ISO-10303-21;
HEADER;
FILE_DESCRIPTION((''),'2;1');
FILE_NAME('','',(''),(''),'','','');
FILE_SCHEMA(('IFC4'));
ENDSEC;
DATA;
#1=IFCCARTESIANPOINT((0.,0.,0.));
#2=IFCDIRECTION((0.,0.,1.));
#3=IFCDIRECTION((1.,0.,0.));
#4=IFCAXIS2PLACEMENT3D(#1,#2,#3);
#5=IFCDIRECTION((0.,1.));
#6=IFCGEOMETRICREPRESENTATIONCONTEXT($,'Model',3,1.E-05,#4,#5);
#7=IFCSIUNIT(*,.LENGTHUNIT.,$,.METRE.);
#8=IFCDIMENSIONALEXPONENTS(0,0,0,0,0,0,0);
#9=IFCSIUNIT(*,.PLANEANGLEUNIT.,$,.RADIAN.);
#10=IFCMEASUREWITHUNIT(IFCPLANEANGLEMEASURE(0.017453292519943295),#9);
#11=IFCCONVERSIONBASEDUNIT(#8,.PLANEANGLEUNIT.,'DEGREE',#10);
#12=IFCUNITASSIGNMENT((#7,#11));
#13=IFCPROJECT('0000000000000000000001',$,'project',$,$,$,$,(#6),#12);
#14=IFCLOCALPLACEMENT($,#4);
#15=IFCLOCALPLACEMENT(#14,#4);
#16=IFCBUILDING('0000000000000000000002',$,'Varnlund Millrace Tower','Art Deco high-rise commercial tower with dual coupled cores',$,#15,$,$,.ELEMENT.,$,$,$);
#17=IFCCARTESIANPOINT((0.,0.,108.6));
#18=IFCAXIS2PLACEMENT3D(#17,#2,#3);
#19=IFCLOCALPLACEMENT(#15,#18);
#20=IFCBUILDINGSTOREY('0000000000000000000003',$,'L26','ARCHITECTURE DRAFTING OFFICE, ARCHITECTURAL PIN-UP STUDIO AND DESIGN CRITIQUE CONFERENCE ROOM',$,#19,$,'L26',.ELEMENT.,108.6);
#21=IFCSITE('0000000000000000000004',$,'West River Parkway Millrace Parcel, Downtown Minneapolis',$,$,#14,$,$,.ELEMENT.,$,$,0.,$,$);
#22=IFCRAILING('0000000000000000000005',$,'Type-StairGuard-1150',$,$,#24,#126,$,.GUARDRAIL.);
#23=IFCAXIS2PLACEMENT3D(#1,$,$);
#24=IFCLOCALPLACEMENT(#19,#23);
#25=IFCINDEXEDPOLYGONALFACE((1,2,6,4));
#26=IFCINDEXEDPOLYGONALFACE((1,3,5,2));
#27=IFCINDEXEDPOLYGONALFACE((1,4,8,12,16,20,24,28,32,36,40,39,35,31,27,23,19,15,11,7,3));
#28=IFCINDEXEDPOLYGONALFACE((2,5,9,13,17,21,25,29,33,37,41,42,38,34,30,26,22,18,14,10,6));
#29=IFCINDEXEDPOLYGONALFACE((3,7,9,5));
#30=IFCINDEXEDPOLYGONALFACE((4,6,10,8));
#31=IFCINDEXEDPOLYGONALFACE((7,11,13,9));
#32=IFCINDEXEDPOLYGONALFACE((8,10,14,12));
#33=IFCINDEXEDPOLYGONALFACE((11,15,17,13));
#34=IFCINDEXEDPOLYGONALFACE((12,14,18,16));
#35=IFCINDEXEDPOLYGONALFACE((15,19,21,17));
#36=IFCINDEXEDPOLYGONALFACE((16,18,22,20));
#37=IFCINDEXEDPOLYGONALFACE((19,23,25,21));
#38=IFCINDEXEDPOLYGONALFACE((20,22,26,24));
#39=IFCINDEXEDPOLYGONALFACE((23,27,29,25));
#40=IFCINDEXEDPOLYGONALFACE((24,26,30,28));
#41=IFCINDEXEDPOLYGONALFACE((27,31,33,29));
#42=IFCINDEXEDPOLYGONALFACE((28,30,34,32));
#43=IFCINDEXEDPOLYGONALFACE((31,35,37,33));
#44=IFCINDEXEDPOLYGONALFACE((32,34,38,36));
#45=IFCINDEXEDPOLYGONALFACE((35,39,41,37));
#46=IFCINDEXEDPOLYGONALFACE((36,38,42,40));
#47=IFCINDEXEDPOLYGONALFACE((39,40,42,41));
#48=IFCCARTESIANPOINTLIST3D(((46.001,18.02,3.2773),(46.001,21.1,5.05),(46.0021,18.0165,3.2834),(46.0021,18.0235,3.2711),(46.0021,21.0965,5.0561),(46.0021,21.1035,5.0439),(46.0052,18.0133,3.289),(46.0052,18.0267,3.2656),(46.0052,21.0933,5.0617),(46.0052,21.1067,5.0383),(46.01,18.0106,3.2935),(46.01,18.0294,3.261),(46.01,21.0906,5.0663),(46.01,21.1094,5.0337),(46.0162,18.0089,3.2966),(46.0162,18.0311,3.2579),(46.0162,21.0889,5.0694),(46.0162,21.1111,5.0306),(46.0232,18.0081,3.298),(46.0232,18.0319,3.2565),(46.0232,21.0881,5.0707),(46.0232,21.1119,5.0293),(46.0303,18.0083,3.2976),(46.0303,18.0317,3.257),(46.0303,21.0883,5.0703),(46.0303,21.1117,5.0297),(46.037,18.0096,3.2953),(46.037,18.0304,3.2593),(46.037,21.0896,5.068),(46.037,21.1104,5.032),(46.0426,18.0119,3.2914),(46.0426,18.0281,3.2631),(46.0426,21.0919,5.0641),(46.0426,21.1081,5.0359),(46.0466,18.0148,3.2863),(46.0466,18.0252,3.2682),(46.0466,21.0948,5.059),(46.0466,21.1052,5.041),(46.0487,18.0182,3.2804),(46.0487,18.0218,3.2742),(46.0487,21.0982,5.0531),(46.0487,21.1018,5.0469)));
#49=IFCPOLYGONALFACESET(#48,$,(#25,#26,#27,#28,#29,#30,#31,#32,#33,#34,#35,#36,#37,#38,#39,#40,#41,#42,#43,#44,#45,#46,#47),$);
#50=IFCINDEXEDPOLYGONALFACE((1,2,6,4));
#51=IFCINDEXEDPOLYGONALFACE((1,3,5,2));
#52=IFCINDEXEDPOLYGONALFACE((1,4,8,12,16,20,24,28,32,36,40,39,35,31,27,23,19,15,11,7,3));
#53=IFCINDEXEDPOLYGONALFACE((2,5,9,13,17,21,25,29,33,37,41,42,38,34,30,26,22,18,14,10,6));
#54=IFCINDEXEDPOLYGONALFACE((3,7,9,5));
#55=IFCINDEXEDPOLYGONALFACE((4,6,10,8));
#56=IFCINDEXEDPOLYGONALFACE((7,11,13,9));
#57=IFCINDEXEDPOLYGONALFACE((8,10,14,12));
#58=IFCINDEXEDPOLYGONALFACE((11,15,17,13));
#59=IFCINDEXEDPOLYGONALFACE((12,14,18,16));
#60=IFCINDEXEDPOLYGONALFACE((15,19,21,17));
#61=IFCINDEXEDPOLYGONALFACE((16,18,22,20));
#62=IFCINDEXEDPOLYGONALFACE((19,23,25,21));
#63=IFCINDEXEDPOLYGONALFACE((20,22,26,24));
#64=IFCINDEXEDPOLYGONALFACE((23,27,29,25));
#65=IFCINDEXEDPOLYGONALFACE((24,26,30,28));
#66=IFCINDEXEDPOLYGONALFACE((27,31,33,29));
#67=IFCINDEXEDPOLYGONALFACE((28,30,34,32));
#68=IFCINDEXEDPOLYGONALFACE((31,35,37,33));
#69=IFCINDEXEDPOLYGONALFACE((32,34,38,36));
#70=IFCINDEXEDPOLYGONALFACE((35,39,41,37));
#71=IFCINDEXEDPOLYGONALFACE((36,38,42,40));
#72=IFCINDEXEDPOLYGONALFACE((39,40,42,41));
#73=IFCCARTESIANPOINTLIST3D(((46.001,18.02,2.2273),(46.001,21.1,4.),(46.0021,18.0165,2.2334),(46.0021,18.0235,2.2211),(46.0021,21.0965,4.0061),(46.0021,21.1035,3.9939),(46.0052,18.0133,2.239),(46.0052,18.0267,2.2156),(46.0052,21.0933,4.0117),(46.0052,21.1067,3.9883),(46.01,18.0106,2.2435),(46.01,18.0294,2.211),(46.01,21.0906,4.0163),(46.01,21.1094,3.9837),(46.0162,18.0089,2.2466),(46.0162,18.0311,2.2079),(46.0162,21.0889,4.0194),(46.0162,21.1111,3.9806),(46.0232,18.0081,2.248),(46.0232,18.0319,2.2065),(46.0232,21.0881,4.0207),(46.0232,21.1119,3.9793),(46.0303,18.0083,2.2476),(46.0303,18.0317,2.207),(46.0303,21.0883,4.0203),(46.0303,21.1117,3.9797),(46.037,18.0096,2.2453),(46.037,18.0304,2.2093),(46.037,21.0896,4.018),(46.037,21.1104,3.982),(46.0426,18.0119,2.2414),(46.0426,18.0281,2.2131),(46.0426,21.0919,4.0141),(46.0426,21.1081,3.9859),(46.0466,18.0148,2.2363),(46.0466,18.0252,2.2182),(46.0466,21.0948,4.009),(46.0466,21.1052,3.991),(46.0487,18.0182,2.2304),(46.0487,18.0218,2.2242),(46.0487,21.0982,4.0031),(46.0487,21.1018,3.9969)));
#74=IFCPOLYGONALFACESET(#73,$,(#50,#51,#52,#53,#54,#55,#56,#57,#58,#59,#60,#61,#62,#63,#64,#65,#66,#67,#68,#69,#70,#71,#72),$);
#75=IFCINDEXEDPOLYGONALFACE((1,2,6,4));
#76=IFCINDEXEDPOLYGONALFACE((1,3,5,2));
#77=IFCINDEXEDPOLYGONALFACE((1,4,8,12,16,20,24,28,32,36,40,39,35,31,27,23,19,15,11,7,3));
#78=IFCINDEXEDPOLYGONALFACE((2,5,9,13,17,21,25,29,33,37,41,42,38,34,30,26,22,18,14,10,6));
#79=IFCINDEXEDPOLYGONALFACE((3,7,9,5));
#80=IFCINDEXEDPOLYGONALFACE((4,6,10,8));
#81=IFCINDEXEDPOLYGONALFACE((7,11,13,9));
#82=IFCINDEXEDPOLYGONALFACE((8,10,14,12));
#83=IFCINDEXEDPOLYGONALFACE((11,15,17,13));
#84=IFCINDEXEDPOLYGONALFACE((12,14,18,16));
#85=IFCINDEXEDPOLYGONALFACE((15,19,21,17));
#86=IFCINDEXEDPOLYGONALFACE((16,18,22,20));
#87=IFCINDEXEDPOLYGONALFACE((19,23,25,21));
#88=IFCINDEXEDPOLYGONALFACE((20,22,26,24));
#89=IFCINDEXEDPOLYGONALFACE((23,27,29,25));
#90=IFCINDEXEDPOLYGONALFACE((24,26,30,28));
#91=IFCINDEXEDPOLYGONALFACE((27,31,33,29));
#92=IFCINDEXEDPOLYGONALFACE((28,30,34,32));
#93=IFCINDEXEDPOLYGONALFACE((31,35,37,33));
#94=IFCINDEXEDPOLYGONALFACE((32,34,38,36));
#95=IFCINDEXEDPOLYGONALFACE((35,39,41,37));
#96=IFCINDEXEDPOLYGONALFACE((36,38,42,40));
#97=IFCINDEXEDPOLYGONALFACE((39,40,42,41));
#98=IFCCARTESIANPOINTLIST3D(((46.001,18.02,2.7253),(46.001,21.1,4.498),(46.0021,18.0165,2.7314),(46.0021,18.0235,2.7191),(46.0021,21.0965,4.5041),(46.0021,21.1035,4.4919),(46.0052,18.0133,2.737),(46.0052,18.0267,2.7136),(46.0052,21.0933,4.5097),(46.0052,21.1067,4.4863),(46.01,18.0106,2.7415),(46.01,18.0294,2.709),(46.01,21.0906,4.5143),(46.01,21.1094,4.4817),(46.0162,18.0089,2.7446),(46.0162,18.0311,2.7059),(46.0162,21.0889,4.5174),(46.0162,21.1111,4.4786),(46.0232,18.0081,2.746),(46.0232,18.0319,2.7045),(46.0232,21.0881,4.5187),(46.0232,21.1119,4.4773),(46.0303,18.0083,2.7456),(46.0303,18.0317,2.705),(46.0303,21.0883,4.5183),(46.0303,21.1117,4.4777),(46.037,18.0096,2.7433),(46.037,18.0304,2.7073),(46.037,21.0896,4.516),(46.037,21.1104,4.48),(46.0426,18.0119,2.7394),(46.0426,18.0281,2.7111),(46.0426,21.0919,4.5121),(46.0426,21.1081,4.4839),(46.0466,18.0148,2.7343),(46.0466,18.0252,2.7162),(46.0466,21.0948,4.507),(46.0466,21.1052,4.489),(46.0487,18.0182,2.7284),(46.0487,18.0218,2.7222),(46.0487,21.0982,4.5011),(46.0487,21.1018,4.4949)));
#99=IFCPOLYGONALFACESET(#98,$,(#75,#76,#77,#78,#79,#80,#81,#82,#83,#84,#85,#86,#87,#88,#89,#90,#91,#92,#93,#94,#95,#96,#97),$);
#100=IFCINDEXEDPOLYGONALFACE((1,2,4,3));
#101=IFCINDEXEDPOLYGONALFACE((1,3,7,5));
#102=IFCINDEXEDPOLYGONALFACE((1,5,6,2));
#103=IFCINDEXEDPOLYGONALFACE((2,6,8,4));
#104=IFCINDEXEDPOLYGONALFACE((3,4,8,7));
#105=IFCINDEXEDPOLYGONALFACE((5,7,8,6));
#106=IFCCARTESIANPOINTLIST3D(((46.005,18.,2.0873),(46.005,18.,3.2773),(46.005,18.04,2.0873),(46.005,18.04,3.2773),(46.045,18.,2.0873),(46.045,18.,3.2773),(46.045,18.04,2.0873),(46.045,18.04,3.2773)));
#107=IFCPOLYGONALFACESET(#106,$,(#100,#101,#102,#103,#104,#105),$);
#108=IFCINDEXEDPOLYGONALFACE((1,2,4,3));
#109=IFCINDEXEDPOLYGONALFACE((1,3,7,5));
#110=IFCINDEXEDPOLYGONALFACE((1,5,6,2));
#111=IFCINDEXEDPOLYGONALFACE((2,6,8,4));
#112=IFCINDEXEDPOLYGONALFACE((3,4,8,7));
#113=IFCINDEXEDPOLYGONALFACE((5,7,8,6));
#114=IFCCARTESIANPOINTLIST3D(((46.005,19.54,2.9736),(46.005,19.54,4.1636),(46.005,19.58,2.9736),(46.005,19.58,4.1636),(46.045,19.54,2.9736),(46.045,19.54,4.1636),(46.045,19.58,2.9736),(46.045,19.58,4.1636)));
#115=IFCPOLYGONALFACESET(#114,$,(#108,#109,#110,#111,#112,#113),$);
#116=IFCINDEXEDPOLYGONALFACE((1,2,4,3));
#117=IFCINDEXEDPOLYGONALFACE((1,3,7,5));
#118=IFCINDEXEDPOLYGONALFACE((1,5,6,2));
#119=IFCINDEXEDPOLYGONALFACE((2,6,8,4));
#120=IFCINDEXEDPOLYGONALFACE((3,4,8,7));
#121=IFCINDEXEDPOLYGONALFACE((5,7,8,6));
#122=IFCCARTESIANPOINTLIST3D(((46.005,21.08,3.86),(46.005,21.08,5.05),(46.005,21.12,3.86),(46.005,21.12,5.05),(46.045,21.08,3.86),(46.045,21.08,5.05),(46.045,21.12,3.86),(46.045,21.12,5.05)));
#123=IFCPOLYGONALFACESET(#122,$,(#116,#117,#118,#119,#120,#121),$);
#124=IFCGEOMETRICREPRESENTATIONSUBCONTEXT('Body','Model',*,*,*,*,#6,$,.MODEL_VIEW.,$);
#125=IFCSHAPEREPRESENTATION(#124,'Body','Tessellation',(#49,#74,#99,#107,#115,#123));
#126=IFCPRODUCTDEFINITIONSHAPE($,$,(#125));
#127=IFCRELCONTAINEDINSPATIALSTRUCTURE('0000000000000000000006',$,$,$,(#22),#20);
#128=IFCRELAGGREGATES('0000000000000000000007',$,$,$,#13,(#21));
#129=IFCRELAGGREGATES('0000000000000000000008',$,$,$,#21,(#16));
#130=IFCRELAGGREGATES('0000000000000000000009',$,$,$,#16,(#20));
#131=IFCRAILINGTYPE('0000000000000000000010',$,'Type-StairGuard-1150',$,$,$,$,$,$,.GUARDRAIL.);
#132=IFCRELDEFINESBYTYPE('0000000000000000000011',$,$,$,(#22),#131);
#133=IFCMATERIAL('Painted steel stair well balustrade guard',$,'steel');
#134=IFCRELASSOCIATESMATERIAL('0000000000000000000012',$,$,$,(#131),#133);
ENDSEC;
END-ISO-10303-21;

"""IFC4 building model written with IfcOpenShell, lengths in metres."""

from ifc_helpers import new_model, entity, si_unit, converted_unit, direction, frame, origin_with_axes, origin_2d_with_axis, place, context, subcontext, project, spatial, rectangle, circle, extrude, material, type_object, element, save


model = new_model("IFC4")

# Units and contexts
model_context = context("Model", 3, precision=1e-05, world=origin_with_axes(), true_north=direction((0.0, 1.0)))
body_context = subcontext(model_context, "Body", "Model", "MODEL_VIEW")
ifc_project = project(units=[si_unit("LENGTHUNIT", "METRE"), converted_unit("PLANEANGLEUNIT", "DEGREE", entity("IfcPlaneAngleMeasure", 0.017453292519943295), si_unit("PLANEANGLEUNIT", "RADIAN"), dimensions=[0, 0, 0, 0, 0, 0, 0])], contexts=[model_context])

# Site, building, storey
site_placement = place(None, origin_with_axes())
site = spatial("IfcSite", under=ifc_project, at=site_placement, Name="West River Parkway Millrace Parcel, Downtown Minneapolis", CompositionType="ELEMENT", RefElevation=0.0)
building_placement = place(site_placement, origin_with_axes())
building = spatial("IfcBuilding", under=site, at=building_placement, Name="Varnlund Millrace Tower", Description="Art Deco high-rise commercial tower with dual coupled cores", CompositionType="ELEMENT")
storey_placement = place(building_placement, frame((0.0, 0.0, 108.6), z_axis=(0.0, 0.0, 1.0), x_axis=(1.0, 0.0, 0.0)))
storey = spatial("IfcBuildingStorey", under=building, at=storey_placement, Name="L26", Description="ARCHITECTURE DRAFTING OFFICE, ARCHITECTURAL PIN-UP STUDIO AND DESIGN CRITIQUE CONFERENCE ROOM", LongName="L26", CompositionType="ELEMENT", Elevation=108.6)

# Railing
ifc_material_1 = material(Name="Painted steel stair well balustrade guard", Category="steel")
railing_type_1 = type_object("IfcRailingType", Name="Type-StairGuard-1150", PredefinedType="GUARDRAIL", material=ifc_material_1)
railing_1_placement = place(storey_placement, frame((0.0, 0.0, -108.6), z_axis=(0.0, 0.0, 1.0), x_axis=(1.0, 0.0, 0.0)))
element("IfcRailing", 1, at=railing_1_placement, inside=storey, type_object=railing_type_1, Name="Type-StairGuard-1150", PredefinedType="GUARDRAIL", context=body_context, shape_type="SweptSolid", body=[
    extrude(circle(Radius=0.024, at=origin_2d_with_axis()), frame((46.025, 18.02, 111.8773), z_axis=(0.0, 0.866696, 0.498836), x_axis=(-1.0, 0.0, 0.0)), (0.0, 0.0, 1.0), 3.5537),
    extrude(circle(Radius=0.024, at=origin_2d_with_axis()), frame((46.025, 18.02, 110.8273), z_axis=(0.0, 0.866696, 0.498836), x_axis=(-1.0, 0.0, 0.0)), (0.0, 0.0, 1.0), 3.5537),
    extrude(circle(Radius=0.024, at=origin_2d_with_axis()), frame((46.025, 18.02, 111.3253), z_axis=(0.0, 0.866696, 0.498836), x_axis=(-1.0, 0.0, 0.0)), (0.0, 0.0, 1.0), 3.5537),
    extrude(rectangle(XDim=0.04, YDim=0.04, at=origin_2d_with_axis()), frame((46.025, 18.02, 110.6873), z_axis=(0.0, 0.0, 1.0), x_axis=(1.0, 0.0, 0.0)), (0.0, 0.0, 1.0), 1.19),
    extrude(rectangle(XDim=0.04, YDim=0.04, at=origin_2d_with_axis()), frame((46.025, 19.56, 111.5736), z_axis=(0.0, 0.0, 1.0), x_axis=(1.0, 0.0, 0.0)), (0.0, 0.0, 1.0), 1.19),
    extrude(rectangle(XDim=0.04, YDim=0.04, at=origin_2d_with_axis()), frame((46.025, 21.1, 112.46), z_axis=(0.0, 0.0, 1.0), x_axis=(1.0, 0.0, 0.0)), (0.0, 0.0, 1.0), 1.19),
])

save(model, "model.ifc")
